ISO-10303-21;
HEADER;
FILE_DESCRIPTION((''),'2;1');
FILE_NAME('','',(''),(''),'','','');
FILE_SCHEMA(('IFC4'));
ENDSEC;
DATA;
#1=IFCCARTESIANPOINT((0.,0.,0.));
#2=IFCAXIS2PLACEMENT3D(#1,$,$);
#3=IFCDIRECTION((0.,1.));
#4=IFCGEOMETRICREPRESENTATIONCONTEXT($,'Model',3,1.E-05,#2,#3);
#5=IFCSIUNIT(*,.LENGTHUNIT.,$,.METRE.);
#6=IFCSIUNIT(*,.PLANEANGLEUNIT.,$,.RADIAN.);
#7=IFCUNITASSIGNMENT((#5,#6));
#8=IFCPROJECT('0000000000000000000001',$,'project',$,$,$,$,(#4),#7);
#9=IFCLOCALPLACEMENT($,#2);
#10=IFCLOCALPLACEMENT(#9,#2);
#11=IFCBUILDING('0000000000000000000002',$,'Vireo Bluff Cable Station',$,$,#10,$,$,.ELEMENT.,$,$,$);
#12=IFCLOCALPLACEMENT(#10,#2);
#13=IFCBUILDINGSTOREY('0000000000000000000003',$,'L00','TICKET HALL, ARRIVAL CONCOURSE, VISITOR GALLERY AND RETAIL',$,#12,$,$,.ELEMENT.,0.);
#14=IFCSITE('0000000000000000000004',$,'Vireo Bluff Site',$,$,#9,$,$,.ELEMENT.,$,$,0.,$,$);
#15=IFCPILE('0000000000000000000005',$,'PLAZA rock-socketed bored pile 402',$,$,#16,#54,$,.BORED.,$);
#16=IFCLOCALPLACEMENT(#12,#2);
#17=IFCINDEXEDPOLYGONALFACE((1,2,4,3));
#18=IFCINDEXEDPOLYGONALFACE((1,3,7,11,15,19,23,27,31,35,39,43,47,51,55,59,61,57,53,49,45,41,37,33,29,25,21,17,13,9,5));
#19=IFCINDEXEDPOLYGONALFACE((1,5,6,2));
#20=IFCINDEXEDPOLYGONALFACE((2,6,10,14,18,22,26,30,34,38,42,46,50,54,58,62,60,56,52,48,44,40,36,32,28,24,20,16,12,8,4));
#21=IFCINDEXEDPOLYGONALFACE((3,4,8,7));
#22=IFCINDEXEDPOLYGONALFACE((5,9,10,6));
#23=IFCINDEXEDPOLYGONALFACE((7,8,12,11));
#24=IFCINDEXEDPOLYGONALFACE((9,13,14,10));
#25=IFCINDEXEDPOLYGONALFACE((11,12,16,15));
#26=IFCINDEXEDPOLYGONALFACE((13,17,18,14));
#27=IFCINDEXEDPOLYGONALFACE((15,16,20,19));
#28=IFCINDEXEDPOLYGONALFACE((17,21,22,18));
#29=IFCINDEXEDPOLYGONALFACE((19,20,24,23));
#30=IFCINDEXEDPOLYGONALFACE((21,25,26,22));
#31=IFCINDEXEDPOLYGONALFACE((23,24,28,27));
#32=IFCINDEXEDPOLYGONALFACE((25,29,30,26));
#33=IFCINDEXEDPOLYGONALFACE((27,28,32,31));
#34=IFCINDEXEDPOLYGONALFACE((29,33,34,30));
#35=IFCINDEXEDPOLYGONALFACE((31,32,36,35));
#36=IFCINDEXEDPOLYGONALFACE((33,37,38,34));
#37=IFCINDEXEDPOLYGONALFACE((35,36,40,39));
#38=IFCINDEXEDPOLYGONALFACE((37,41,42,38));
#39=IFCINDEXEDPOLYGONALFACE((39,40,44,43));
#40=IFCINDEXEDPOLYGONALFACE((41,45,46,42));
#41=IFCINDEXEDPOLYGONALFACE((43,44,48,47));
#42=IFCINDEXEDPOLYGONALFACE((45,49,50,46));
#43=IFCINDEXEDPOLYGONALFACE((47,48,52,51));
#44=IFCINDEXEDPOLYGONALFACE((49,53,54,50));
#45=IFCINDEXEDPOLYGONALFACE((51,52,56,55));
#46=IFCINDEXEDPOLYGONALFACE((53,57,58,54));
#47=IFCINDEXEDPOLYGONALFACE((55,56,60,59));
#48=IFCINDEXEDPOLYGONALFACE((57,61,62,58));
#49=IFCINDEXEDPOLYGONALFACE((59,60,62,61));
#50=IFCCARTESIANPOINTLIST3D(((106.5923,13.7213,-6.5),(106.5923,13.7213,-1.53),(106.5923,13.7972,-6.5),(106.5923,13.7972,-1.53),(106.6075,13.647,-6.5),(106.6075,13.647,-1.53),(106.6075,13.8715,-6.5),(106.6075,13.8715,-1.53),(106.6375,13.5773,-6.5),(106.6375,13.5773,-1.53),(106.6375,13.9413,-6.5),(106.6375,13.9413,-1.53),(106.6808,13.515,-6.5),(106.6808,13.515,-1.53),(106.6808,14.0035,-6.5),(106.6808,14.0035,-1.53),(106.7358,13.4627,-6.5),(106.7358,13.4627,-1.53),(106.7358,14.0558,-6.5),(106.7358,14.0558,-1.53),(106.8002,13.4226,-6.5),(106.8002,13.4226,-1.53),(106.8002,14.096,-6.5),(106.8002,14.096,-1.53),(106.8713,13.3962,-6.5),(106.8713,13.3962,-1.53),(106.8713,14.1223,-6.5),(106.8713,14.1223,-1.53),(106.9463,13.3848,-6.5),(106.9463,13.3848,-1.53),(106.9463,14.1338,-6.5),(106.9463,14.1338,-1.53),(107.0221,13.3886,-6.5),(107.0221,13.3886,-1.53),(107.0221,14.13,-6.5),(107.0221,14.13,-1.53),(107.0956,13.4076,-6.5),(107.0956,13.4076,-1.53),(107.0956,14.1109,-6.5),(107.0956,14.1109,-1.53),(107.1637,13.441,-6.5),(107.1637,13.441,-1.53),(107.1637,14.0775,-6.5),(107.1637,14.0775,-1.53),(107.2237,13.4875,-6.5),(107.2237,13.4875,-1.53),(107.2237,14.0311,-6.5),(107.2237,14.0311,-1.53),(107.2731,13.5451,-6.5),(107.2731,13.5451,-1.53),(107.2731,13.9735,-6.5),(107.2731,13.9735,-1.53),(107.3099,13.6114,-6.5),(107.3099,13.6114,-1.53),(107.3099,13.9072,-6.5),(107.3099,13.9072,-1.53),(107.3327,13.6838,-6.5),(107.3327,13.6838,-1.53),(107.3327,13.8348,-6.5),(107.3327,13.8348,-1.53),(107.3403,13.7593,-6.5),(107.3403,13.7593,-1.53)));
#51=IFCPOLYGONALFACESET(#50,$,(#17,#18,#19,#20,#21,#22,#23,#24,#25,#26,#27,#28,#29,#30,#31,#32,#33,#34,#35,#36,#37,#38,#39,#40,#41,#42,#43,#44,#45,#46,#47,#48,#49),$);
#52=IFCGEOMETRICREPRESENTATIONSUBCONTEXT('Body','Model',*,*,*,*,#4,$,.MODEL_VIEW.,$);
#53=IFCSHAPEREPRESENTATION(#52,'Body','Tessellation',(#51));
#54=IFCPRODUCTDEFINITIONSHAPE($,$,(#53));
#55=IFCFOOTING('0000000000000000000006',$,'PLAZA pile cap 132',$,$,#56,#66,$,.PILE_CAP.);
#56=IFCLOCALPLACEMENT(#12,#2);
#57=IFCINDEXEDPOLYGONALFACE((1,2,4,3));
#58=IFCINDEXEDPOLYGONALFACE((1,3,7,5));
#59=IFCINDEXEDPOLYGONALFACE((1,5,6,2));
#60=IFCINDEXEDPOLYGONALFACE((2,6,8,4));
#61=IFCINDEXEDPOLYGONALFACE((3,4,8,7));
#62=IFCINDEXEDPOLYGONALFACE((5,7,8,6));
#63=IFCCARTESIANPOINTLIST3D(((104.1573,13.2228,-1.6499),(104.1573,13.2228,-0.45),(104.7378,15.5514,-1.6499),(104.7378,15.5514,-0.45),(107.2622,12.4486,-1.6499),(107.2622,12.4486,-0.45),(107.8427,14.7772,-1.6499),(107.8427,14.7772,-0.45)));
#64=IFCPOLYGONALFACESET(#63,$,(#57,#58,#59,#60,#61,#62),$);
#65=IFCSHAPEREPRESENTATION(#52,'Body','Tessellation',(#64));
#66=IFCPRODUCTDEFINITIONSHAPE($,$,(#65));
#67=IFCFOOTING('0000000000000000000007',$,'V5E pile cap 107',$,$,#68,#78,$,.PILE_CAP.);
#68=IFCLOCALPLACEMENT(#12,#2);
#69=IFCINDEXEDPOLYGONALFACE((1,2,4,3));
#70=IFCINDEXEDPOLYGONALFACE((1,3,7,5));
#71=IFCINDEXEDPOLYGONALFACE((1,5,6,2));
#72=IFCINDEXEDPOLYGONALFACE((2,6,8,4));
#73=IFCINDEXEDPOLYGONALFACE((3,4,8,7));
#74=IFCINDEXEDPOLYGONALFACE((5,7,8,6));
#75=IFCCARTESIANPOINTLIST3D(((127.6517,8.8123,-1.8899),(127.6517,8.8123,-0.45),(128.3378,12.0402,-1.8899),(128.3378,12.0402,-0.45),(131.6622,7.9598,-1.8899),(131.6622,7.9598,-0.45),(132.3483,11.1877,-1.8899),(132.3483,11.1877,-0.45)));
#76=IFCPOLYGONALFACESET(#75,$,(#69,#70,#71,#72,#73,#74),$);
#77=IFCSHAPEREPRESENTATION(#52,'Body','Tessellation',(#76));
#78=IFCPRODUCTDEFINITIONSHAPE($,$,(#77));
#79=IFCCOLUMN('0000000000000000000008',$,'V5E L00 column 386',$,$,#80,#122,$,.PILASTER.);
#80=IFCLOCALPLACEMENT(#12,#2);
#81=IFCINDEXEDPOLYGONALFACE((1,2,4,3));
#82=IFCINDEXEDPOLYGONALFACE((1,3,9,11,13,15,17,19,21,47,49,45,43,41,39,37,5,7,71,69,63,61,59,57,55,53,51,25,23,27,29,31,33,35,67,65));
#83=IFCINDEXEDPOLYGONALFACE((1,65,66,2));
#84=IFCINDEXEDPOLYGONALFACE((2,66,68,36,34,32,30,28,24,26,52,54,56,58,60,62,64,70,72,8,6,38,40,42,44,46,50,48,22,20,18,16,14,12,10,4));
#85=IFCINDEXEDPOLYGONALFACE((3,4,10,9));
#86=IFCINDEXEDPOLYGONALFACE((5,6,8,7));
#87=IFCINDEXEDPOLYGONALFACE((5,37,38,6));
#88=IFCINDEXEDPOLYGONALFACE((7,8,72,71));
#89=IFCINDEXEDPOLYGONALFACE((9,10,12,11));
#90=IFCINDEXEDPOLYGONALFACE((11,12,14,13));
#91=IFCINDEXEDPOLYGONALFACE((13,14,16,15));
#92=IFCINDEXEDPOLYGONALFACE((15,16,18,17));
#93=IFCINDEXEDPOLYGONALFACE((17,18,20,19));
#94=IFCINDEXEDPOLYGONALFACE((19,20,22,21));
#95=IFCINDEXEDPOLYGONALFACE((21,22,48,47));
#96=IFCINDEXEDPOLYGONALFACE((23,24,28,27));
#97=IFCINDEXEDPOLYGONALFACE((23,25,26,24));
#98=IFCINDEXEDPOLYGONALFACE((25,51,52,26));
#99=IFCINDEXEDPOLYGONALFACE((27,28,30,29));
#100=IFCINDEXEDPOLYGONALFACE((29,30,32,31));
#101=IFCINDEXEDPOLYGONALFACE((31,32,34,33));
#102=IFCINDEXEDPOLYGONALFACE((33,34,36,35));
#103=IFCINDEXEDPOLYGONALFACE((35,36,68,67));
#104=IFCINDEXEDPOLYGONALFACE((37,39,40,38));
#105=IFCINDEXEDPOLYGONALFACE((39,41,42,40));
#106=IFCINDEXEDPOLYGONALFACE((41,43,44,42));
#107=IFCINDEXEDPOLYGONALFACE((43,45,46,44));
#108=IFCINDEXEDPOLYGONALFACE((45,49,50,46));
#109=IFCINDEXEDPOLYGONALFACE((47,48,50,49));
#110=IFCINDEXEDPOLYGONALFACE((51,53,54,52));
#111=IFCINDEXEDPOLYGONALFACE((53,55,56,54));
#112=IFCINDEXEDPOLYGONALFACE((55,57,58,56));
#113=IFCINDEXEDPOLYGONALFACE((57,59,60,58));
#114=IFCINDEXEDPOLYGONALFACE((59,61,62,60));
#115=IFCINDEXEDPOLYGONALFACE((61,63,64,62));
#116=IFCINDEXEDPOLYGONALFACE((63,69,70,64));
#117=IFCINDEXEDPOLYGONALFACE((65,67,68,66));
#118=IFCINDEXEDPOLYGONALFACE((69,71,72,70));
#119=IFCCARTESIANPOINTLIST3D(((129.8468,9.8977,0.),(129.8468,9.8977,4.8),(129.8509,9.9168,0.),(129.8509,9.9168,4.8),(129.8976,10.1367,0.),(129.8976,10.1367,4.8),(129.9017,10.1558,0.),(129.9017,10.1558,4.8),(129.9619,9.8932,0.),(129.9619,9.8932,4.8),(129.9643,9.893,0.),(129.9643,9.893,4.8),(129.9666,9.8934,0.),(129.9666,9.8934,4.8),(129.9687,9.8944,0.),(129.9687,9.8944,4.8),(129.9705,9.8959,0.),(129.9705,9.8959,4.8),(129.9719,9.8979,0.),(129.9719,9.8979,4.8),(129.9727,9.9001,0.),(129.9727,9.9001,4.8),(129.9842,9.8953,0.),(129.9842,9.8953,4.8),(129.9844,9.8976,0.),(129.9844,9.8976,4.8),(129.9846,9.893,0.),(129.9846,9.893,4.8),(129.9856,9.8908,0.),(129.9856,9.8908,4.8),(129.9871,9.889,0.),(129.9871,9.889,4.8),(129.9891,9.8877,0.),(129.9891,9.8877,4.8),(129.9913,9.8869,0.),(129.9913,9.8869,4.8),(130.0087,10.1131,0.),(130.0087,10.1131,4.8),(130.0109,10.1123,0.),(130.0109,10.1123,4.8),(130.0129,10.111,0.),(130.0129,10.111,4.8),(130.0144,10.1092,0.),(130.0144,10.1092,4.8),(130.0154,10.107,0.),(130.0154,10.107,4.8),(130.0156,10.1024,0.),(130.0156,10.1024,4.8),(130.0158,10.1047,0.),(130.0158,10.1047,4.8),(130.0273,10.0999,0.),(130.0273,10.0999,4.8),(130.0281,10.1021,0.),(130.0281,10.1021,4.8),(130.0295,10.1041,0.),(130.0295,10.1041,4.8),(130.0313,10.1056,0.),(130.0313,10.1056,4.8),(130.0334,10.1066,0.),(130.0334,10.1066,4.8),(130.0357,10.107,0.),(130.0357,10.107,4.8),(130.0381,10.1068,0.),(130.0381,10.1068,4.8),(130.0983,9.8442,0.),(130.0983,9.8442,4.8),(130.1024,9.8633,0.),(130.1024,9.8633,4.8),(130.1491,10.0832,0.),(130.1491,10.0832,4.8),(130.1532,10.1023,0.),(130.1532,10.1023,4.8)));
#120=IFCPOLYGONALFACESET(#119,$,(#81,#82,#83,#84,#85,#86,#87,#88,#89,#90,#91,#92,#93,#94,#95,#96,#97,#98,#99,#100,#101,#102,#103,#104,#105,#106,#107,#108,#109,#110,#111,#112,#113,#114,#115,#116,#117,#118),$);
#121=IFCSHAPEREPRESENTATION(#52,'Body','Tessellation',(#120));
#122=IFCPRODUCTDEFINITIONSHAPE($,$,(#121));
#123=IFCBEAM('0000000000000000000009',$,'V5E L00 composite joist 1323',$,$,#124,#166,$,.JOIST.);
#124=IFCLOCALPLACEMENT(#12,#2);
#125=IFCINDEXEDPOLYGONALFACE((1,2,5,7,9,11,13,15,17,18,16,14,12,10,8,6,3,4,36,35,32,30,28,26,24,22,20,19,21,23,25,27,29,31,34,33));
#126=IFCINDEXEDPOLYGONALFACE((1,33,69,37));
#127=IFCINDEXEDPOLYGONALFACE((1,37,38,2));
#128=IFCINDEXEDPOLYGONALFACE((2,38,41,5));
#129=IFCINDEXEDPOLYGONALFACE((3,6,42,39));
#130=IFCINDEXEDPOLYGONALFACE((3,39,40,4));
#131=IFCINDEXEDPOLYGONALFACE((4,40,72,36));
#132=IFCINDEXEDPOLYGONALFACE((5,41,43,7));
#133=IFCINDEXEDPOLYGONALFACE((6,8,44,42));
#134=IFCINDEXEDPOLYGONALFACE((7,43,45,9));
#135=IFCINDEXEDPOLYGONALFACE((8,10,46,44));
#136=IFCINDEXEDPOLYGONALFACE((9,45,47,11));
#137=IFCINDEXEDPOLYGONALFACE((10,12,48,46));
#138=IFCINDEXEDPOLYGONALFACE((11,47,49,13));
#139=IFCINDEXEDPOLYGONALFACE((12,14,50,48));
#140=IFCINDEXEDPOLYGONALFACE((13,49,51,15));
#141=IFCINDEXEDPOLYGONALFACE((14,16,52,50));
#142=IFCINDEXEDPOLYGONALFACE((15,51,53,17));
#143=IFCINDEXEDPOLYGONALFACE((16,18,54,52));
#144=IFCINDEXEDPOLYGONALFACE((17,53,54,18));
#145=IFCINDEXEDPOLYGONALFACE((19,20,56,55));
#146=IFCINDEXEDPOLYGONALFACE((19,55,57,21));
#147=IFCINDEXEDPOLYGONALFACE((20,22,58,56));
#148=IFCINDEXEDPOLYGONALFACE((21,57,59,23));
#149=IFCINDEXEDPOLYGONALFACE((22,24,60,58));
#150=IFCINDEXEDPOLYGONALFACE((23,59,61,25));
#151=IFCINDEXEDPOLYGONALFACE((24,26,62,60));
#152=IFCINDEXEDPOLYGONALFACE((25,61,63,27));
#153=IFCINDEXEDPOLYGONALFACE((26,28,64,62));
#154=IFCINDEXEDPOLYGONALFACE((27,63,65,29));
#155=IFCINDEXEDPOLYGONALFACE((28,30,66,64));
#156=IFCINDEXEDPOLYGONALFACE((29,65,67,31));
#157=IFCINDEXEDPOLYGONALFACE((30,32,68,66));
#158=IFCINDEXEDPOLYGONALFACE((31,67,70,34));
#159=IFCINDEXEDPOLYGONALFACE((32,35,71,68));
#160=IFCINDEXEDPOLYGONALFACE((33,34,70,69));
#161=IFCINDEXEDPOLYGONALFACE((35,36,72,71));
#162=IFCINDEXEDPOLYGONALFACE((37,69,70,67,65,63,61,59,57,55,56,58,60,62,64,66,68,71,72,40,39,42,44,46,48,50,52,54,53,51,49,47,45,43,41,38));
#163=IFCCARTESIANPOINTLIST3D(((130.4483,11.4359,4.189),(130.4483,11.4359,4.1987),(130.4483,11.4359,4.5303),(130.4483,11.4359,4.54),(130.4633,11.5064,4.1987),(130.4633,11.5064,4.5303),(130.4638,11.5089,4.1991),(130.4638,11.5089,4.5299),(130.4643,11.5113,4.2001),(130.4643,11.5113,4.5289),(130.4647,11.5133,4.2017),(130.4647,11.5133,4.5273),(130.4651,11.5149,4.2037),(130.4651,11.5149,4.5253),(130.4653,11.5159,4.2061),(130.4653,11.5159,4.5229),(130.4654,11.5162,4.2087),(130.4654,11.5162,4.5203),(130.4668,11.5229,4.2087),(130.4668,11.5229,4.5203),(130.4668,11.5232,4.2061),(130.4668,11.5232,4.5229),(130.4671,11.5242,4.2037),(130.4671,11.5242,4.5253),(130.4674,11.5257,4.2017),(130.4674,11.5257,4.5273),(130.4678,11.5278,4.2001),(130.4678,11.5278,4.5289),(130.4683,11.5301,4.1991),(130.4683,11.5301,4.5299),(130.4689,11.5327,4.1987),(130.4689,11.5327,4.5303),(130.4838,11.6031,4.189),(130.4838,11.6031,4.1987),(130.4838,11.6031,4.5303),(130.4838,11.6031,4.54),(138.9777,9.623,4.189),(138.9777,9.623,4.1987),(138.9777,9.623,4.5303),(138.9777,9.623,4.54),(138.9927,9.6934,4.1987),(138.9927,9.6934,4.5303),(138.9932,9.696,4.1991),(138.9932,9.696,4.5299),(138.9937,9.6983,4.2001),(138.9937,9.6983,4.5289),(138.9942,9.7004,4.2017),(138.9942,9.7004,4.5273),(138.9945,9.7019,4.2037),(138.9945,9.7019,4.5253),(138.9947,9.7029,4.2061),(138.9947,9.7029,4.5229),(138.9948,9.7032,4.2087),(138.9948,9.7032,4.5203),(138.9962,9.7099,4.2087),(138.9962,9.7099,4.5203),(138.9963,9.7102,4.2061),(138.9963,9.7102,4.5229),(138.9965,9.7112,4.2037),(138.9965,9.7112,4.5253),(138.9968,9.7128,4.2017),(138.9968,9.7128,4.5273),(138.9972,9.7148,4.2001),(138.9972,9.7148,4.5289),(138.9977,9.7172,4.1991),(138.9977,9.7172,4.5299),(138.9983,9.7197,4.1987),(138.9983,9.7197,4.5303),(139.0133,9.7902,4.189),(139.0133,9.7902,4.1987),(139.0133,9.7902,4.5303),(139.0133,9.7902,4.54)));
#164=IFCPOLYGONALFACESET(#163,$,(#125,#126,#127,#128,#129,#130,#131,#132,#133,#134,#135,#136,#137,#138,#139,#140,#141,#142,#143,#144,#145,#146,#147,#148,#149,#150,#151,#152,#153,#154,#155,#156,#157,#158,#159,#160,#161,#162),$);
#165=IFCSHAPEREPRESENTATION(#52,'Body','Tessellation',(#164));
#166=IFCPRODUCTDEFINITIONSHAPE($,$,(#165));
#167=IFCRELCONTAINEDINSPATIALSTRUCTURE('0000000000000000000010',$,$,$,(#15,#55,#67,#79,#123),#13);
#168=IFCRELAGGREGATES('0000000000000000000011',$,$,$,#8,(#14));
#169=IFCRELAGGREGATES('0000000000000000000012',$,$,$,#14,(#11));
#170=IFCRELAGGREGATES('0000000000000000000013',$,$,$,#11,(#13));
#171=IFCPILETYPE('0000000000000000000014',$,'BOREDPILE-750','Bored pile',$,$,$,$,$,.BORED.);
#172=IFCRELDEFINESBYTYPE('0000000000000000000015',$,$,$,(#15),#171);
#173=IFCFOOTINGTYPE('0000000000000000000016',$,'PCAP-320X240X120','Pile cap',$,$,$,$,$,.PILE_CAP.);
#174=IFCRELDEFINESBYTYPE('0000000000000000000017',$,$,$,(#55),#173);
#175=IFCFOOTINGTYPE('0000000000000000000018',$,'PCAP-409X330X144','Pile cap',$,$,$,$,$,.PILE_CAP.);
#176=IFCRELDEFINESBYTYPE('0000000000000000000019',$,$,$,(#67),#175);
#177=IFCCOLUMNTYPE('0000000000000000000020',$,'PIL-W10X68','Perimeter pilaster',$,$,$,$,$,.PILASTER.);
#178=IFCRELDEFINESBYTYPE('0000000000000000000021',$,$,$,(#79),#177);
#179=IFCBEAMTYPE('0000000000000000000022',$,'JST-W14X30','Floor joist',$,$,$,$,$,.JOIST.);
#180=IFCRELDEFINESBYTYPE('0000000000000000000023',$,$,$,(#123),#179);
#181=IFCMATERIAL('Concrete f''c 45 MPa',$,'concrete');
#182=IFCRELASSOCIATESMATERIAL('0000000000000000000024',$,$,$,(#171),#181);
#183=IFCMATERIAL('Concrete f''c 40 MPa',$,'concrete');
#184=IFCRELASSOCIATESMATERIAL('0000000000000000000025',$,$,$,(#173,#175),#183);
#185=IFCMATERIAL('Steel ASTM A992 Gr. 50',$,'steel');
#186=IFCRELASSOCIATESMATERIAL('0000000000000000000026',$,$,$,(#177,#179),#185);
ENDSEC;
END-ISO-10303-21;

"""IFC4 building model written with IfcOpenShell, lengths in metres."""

from ifc_helpers import new_model, si_unit, direction, frame, origin, origin_2d, place, context, subcontext, project, spatial, rectangle, circle, i_section, extrude, material, material_profile, profile_set, type_object, element, save


model = new_model("IFC4")

# Units and contexts
model_context = context("Model", 3, precision=1e-05, world=origin(), true_north=direction((0.0, 1.0)))
body_context = subcontext(model_context, "Body", "Model", "MODEL_VIEW")
ifc_project = project(units=[si_unit("LENGTHUNIT", "METRE"), si_unit("PLANEANGLEUNIT", "RADIAN")], contexts=[model_context])

# Site, building, storey
site_placement = place(None, origin())
site = spatial("IfcSite", under=ifc_project, at=site_placement, Name="Vireo Bluff Site", CompositionType="ELEMENT", RefElevation=0.0)
building_placement = place(site_placement, origin())
building = spatial("IfcBuilding", under=site, at=building_placement, Name="Vireo Bluff Cable Station", CompositionType="ELEMENT")
storey_placement = place(building_placement, origin())
storey = spatial("IfcBuildingStorey", under=building, at=storey_placement, Name="L00", Description="TICKET HALL, ARRIVAL CONCOURSE, VISITOR GALLERY AND RETAIL", CompositionType="ELEMENT", Elevation=0.0)

# Pile
ifc_material_1 = material(Name="Concrete f'c 45 MPa", Category="concrete")
ifc_material_profile_1 = material_profile(ifc_material_1, circle(Radius=0.375, at=origin_2d()), Name="BOREDPILE-750")
ifc_profile_set_1 = profile_set([ifc_material_profile_1], Name="Concrete f'c 45 MPa")
pile_type = type_object("IfcPileType", Name="BOREDPILE-750", Description="Bored pile", PredefinedType="BORED", material=ifc_profile_set_1)
for number, where, z_axis, x_axis, name in (
    (1, (106.9653, 13.7593, -1.53), (0.0, 0.0, -1.0), (1.0, 0.0, 0.0), "PLAZA rock-socketed bored pile 402"),
):
    element("IfcPile", number, at=place(storey_placement, frame(where, z_axis=z_axis, x_axis=x_axis)), inside=storey, type_object=pile_type, Name=name, PredefinedType="BORED", context=body_context, shape_type="SweptSolid", body=[
        extrude(circle(Radius=0.375, at=origin_2d()), origin(), (0.0, 0.0, 1.0), 4.97),
    ])

# Footings
ifc_material_2 = material(Name="Concrete f'c 40 MPa", Category="concrete")
footing_type_1 = type_object("IfcFootingType", Name="PCAP-320X240X120", Description="Pile cap", PredefinedType="PILE_CAP", material=ifc_material_2)
footing_1_placement = place(storey_placement, frame((106.0, 14.0, -1.6499), z_axis=(0.0, 0.0, 1.0), x_axis=(0.970296, -0.241922, 0.0)))
element("IfcFooting", 2, at=footing_1_placement, inside=storey, type_object=footing_type_1, Name="PLAZA pile cap 132", PredefinedType="PILE_CAP", context=body_context, shape_type="SweptSolid", body=[
    extrude(rectangle(XDim=3.2, YDim=2.3999, at=origin_2d()), origin(), (0.0, 0.0, 1.0), 1.2),
])
footing_type_2 = type_object("IfcFootingType", Name="PCAP-409X330X144", Description="Pile cap", PredefinedType="PILE_CAP", material=ifc_material_2)
footing_2_placement = place(storey_placement, frame((130.0, 10.0, -1.8899), z_axis=(0.0, 0.0, 1.0), x_axis=(0.978148, -0.207912, 0.0)))
element("IfcFooting", 3, at=footing_2_placement, inside=storey, type_object=footing_type_2, Name="V5E pile cap 107", PredefinedType="PILE_CAP", context=body_context, shape_type="SweptSolid", body=[
    extrude(rectangle(XDim=4.1001, YDim=3.3, at=origin_2d()), origin(), (0.0, 0.0, 1.0), 1.4399),
])

# Column
ifc_material_3 = material(Name="Steel ASTM A992 Gr. 50", Category="steel")
ifc_material_profile_2 = material_profile(ifc_material_3, i_section(OverallWidth=0.2571, OverallDepth=0.2639, WebThickness=0.012, FlangeThickness=0.0195, FilletRadius=0.009, at=origin_2d()), Name="W10X68")
ifc_profile_set_2 = profile_set([ifc_material_profile_2], Name="Steel ASTM A992 Gr. 50")
column_type = type_object("IfcColumnType", Name="PIL-W10X68", Description="Perimeter pilaster", PredefinedType="PILASTER", material=ifc_profile_set_2)
column_placement = place(storey_placement, frame((130.0, 10.0, 0.0), z_axis=(0.0, 0.0, 1.0), x_axis=(0.978148, -0.207912, 0.0)))
element("IfcColumn", 4, at=column_placement, inside=storey, type_object=column_type, Name="V5E L00 column 386", PredefinedType="PILASTER", context=body_context, shape_type="SweptSolid", body=[
    extrude(i_section(OverallWidth=0.2571, OverallDepth=0.2639, WebThickness=0.012, FlangeThickness=0.0195, FilletRadius=0.009, at=origin_2d()), origin(), (0.0, 0.0, 1.0), 4.8),
])

# Beam
ifc_material_profile_3 = material_profile(ifc_material_3, i_section(OverallWidth=0.1709, OverallDepth=0.3511, WebThickness=0.0068, FlangeThickness=0.0098, FilletRadius=0.01, at=origin_2d()), Name="W14X30")
ifc_profile_set_3 = profile_set([ifc_material_profile_3], Name="Steel ASTM A992 Gr. 50")
beam_type_1 = type_object("IfcBeamType", Name="JST-W14X30", Description="Floor joist", PredefinedType="JOIST", material=ifc_profile_set_3)
beam_1_placement = place(storey_placement, frame((130.4661, 11.5195, 4.3645), z_axis=(0.978148, -0.207909, 0.0), x_axis=(0.207909, 0.978148, 0.0)))
element("IfcBeam", 5, at=beam_1_placement, inside=storey, type_object=beam_type_1, Name="V5E L00 composite joist 1323", PredefinedType="JOIST", context=body_context, shape_type="SweptSolid", body=[
    extrude(i_section(OverallWidth=0.1709, OverallDepth=0.3511, WebThickness=0.0068, FlangeThickness=0.0098, FilletRadius=0.01, at=origin_2d()), origin(), (0.0, 0.0, 1.0), 8.72),
])

save(model, "model.ifc")
